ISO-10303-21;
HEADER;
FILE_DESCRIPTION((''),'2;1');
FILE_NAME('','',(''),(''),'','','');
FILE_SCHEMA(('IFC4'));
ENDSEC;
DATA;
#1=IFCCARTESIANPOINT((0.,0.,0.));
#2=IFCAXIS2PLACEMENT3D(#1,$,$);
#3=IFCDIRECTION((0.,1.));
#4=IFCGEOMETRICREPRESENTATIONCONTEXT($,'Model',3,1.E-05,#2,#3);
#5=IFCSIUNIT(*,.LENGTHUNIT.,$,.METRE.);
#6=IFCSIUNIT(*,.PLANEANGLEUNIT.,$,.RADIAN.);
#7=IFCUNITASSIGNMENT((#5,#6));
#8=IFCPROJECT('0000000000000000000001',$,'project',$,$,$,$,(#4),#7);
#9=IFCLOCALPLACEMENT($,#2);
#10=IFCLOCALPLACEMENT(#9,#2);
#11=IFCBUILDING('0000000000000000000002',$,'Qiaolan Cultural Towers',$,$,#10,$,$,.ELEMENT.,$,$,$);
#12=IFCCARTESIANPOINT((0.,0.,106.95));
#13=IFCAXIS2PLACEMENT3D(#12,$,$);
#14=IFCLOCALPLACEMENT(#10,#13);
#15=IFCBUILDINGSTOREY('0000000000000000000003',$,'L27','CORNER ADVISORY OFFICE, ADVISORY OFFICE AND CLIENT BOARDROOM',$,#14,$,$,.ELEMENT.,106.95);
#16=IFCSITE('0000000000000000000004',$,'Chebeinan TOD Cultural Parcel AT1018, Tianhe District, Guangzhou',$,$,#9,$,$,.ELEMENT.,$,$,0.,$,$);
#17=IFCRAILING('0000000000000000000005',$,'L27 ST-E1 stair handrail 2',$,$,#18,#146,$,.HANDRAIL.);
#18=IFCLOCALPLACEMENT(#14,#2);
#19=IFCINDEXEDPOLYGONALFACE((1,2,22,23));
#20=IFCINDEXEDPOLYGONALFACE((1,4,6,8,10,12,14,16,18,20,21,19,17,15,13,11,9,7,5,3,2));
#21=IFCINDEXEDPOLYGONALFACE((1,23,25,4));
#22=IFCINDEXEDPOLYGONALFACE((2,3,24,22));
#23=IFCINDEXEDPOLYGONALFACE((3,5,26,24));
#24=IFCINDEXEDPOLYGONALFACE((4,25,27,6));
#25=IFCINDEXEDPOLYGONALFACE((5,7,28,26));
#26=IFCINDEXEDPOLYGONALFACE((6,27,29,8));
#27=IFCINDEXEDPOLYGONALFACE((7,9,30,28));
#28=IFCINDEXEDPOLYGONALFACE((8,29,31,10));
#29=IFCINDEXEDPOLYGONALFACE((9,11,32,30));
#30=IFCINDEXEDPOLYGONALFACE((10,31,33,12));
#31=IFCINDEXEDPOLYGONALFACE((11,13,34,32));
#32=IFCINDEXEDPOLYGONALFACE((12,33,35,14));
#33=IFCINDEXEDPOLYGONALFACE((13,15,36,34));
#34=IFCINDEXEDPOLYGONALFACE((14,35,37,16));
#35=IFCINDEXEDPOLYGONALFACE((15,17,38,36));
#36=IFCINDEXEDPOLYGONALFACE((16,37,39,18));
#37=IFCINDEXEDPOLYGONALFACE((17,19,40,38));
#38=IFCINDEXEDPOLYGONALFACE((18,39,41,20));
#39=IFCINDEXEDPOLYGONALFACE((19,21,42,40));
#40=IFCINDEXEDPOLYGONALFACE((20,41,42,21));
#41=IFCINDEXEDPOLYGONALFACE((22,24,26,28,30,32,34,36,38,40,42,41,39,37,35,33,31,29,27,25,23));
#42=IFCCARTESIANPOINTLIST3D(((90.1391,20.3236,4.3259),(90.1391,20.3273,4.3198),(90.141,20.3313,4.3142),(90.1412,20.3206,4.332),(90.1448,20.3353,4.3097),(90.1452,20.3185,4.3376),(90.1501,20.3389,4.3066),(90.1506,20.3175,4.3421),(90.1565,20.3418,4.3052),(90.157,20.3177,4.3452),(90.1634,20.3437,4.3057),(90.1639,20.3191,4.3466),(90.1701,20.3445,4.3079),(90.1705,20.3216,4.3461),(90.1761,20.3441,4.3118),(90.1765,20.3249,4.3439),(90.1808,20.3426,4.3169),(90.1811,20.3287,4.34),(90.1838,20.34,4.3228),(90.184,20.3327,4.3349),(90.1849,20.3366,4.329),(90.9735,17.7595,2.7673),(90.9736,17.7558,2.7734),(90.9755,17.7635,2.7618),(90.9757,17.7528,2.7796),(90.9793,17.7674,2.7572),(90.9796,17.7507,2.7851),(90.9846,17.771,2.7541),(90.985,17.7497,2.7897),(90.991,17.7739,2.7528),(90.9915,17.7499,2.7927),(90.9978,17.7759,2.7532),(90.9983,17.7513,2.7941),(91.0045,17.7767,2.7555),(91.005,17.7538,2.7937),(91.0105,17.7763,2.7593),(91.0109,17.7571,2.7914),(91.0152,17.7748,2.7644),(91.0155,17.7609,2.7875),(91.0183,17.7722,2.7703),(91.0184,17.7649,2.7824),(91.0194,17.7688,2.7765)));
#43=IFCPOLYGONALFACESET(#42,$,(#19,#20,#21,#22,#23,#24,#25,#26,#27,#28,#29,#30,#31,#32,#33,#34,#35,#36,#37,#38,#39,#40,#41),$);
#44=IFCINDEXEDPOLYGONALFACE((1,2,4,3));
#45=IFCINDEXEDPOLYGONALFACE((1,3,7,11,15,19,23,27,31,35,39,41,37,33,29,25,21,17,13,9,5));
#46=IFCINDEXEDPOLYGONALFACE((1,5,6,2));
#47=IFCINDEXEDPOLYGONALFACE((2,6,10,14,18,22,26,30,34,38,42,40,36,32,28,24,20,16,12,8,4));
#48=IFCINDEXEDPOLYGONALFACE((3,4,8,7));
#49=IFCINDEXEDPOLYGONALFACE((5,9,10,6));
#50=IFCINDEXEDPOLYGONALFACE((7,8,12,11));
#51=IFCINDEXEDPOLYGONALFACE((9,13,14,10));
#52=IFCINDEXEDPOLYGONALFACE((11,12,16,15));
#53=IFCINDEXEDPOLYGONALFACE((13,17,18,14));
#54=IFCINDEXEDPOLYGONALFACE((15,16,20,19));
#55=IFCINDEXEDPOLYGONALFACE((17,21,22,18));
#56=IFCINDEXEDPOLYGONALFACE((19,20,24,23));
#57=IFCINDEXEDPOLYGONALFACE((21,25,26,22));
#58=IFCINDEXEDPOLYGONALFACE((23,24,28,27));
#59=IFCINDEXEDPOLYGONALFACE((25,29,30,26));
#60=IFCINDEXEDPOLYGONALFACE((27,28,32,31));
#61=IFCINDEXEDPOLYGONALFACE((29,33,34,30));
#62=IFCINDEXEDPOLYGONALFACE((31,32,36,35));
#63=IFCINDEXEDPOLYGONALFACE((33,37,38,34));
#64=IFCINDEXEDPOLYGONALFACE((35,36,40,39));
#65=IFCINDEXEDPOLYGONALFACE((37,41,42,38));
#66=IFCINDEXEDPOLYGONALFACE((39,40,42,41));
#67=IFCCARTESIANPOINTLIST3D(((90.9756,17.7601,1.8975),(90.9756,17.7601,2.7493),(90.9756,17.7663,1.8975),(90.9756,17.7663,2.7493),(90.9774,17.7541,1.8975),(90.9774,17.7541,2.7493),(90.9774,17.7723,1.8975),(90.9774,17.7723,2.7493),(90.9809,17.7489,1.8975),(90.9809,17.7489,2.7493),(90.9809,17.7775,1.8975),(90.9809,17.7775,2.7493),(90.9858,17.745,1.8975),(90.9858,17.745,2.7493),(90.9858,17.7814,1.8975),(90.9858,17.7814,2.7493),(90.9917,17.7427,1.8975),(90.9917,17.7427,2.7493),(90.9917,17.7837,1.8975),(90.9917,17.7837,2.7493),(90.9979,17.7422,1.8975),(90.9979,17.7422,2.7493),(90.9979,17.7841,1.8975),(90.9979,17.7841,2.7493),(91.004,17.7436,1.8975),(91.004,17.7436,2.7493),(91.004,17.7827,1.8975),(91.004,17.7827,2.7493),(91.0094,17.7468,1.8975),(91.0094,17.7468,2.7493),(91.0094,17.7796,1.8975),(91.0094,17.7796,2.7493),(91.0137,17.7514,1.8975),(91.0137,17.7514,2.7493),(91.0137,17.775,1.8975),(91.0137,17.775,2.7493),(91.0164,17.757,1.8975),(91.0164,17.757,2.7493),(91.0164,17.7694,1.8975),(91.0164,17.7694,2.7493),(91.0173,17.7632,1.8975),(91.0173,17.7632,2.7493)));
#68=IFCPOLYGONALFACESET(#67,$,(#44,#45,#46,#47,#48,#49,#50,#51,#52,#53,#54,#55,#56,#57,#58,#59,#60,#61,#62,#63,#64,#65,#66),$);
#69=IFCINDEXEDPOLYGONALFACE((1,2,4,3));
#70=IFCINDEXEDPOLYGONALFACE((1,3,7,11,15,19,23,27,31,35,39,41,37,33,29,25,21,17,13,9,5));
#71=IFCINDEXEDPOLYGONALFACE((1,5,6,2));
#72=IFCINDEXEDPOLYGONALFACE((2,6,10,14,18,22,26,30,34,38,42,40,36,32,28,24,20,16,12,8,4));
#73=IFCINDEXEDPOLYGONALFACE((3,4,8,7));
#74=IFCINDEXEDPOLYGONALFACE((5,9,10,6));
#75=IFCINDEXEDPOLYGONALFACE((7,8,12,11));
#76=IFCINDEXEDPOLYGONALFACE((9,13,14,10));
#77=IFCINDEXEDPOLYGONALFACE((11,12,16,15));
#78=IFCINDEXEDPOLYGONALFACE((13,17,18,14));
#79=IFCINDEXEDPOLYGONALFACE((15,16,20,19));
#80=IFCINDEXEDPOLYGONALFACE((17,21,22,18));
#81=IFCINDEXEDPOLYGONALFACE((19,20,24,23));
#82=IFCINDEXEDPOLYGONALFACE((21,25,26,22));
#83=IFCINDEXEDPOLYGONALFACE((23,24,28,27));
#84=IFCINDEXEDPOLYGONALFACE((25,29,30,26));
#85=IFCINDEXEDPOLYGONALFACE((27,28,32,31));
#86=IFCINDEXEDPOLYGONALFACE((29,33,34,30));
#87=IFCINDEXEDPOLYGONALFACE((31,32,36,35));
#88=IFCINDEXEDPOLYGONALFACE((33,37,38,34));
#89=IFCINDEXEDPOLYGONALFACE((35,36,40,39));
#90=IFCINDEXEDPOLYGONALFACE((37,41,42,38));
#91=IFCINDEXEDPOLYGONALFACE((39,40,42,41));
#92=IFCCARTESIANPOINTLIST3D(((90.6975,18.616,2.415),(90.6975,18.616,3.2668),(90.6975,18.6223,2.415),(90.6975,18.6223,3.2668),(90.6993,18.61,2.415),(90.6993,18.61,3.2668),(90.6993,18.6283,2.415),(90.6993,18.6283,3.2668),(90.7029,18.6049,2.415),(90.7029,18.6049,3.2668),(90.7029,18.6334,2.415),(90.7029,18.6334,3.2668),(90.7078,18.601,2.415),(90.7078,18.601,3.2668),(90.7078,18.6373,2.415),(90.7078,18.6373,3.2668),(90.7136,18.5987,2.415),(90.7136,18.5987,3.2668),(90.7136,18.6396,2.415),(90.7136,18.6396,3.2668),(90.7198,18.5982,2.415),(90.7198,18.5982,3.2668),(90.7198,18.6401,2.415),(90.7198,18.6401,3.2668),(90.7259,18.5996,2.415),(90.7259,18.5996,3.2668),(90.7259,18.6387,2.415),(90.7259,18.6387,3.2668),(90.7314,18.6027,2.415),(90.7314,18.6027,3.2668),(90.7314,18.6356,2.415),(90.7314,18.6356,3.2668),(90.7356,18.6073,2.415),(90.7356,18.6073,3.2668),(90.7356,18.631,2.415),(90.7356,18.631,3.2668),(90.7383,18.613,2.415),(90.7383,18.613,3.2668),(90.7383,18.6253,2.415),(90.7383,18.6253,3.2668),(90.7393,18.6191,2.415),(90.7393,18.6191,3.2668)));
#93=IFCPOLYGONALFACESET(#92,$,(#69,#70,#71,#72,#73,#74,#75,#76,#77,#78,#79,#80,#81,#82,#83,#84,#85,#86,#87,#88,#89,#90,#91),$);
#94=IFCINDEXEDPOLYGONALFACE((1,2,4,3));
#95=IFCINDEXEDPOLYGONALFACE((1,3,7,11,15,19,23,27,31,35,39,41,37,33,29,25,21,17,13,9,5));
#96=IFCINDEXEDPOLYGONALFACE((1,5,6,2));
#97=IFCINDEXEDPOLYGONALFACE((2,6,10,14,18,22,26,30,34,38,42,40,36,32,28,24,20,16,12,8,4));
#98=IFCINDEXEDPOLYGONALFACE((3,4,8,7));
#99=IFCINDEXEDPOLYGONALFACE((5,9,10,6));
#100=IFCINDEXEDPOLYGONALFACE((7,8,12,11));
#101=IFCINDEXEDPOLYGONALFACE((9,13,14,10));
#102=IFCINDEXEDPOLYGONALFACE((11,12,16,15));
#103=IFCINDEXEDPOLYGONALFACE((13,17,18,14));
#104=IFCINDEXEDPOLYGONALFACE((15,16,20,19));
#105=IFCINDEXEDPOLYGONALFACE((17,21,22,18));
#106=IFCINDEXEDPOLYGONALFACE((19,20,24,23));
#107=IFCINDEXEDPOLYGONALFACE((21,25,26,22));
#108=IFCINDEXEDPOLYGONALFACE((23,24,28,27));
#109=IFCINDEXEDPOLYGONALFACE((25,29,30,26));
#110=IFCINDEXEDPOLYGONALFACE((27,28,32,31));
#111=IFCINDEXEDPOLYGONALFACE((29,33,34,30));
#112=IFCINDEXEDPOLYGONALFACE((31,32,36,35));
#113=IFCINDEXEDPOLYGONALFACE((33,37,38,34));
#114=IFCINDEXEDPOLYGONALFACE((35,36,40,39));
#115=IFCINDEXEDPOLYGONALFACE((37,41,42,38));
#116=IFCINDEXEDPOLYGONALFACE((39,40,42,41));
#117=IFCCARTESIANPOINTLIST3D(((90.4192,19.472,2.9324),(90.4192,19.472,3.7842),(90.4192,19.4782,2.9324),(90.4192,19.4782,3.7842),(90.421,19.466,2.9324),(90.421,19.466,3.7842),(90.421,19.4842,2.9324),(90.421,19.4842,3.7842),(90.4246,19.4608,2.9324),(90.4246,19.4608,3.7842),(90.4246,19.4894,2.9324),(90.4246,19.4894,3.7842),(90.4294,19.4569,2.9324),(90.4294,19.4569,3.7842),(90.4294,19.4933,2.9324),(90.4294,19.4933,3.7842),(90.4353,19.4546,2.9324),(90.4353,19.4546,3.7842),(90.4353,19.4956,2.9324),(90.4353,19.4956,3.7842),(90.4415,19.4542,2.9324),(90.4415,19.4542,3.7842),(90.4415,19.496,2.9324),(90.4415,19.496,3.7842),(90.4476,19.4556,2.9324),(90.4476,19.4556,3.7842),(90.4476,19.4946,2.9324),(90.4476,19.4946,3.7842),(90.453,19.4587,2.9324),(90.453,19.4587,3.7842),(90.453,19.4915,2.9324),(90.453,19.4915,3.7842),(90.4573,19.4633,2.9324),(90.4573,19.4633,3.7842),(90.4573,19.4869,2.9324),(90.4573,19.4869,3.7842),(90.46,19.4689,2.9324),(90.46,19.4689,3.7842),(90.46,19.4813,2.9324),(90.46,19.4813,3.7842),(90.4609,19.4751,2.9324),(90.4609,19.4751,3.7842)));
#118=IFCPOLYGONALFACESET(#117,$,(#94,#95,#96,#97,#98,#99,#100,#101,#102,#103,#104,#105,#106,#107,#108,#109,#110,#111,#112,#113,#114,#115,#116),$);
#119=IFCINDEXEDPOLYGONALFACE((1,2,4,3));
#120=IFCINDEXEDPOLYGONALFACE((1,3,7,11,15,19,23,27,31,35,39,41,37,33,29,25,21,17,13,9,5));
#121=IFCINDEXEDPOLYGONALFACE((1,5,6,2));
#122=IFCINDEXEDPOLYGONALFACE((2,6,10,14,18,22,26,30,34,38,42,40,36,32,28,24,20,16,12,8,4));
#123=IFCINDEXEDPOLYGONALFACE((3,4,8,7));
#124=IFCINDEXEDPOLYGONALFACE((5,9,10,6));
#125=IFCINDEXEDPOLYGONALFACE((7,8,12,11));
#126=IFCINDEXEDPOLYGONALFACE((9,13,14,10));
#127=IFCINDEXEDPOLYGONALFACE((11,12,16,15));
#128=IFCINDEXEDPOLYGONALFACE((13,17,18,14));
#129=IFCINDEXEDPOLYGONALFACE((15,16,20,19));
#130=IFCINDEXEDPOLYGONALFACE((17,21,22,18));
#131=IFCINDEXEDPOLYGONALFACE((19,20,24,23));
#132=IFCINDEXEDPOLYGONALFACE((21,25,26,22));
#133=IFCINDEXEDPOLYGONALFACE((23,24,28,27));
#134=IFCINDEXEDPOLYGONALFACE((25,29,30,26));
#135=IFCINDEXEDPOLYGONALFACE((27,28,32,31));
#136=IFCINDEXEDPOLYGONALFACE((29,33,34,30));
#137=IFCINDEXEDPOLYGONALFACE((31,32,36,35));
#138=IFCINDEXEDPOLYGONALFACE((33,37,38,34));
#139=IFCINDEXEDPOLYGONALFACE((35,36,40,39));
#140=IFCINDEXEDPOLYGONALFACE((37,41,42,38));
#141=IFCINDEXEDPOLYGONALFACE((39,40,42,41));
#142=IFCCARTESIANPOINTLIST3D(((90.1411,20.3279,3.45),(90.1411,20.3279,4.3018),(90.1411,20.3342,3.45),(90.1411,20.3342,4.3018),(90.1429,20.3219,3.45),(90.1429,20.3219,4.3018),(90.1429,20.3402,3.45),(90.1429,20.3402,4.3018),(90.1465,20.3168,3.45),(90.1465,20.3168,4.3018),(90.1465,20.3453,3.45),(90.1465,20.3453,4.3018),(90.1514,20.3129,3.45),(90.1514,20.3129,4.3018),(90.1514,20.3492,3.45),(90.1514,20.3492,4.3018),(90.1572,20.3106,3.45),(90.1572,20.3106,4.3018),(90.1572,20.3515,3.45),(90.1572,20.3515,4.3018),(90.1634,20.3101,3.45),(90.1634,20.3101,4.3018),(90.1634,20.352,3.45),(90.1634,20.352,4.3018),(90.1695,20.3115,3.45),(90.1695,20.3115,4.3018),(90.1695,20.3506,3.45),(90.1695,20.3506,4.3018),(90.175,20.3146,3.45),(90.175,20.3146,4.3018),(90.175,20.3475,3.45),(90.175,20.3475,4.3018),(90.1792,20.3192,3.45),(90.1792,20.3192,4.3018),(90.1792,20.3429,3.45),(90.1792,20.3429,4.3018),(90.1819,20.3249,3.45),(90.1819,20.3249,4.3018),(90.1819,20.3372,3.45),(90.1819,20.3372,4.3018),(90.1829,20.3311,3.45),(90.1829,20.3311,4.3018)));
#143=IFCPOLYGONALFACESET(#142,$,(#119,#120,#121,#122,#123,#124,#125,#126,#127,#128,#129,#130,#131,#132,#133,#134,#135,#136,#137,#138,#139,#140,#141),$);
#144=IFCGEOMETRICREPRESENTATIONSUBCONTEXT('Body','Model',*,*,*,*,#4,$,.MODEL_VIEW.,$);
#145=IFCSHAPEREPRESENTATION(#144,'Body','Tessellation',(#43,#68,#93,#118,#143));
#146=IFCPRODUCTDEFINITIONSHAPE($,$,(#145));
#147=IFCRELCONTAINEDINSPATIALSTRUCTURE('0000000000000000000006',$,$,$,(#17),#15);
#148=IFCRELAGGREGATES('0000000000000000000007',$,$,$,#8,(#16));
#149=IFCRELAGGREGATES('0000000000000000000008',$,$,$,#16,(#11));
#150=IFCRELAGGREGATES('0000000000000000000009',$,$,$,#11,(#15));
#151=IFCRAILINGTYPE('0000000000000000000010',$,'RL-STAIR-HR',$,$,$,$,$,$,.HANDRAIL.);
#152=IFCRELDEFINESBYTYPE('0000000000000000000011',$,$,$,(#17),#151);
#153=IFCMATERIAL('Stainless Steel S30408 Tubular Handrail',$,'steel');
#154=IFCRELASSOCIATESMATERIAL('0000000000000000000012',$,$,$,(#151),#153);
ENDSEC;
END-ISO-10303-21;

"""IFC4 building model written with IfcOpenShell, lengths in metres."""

from ifc_helpers import new_model, si_unit, direction, frame, origin, origin_2d, place, context, subcontext, project, spatial, circle, extrude, material, type_object, element, save


model = new_model("IFC4")

# Units and contexts
model_context = context("Model", 3, precision=1e-05, world=origin(), true_north=direction((0.0, 1.0)))
body_context = subcontext(model_context, "Body", "Model", "MODEL_VIEW")
ifc_project = project(units=[si_unit("LENGTHUNIT", "METRE"), si_unit("PLANEANGLEUNIT", "RADIAN")], contexts=[model_context])

# Site, building, storey
site_placement = place(None, origin())
site = spatial("IfcSite", under=ifc_project, at=site_placement, Name="Chebeinan TOD Cultural Parcel AT1018, Tianhe District, Guangzhou", CompositionType="ELEMENT", RefElevation=0.0)
building_placement = place(site_placement, origin())
building = spatial("IfcBuilding", under=site, at=building_placement, Name="Qiaolan Cultural Towers", CompositionType="ELEMENT")
storey_placement = place(building_placement, frame((0.0, 0.0, 106.95)))
storey = spatial("IfcBuildingStorey", under=building, at=storey_placement, Name="L27", Description="CORNER ADVISORY OFFICE, ADVISORY OFFICE AND CLIENT BOARDROOM", CompositionType="ELEMENT", Elevation=106.95)

# Railing
ifc_material_1 = material(Name="Stainless Steel S30408 Tubular Handrail", Category="steel")
railing_type_1 = type_object("IfcRailingType", Name="RL-STAIR-HR", PredefinedType="HANDRAIL", material=ifc_material_1)
railing_1_placement = place(storey_placement, frame((90.9963, 17.7632, 1.8975)))
element("IfcRailing", 1, at=railing_1_placement, inside=storey, type_object=railing_type_1, Name="L27 ST-E1 stair handrail 2", PredefinedType="HANDRAIL", context=body_context, shape_type="SweptSolid", body=[
    extrude(circle(Radius=0.0239, at=origin_2d()), frame((0.0, 0.0, 0.876), z_axis=(-0.267926, 0.824471, 0.498461), x_axis=(-0.951043, -0.309057, 0.0)), (0.0, 0.0, 1.0), 3.1145),
    extrude(circle(Radius=0.021, at=origin_2d()), origin(), (0.0, 0.0, 1.0), 0.8518),
    extrude(circle(Radius=0.021, at=origin_2d()), frame((-0.2781, 0.856, 0.5176)), (0.0, 0.0, 1.0), 0.8518),
    extrude(circle(Radius=0.021, at=origin_2d()), frame((-0.5564, 1.7119, 1.0349)), (0.0, 0.0, 1.0), 0.8518),
    extrude(circle(Radius=0.021, at=origin_2d()), frame((-0.8345, 2.5679, 1.5525)), (0.0, 0.0, 1.0), 0.8518),
])

save(model, "model.ifc")
